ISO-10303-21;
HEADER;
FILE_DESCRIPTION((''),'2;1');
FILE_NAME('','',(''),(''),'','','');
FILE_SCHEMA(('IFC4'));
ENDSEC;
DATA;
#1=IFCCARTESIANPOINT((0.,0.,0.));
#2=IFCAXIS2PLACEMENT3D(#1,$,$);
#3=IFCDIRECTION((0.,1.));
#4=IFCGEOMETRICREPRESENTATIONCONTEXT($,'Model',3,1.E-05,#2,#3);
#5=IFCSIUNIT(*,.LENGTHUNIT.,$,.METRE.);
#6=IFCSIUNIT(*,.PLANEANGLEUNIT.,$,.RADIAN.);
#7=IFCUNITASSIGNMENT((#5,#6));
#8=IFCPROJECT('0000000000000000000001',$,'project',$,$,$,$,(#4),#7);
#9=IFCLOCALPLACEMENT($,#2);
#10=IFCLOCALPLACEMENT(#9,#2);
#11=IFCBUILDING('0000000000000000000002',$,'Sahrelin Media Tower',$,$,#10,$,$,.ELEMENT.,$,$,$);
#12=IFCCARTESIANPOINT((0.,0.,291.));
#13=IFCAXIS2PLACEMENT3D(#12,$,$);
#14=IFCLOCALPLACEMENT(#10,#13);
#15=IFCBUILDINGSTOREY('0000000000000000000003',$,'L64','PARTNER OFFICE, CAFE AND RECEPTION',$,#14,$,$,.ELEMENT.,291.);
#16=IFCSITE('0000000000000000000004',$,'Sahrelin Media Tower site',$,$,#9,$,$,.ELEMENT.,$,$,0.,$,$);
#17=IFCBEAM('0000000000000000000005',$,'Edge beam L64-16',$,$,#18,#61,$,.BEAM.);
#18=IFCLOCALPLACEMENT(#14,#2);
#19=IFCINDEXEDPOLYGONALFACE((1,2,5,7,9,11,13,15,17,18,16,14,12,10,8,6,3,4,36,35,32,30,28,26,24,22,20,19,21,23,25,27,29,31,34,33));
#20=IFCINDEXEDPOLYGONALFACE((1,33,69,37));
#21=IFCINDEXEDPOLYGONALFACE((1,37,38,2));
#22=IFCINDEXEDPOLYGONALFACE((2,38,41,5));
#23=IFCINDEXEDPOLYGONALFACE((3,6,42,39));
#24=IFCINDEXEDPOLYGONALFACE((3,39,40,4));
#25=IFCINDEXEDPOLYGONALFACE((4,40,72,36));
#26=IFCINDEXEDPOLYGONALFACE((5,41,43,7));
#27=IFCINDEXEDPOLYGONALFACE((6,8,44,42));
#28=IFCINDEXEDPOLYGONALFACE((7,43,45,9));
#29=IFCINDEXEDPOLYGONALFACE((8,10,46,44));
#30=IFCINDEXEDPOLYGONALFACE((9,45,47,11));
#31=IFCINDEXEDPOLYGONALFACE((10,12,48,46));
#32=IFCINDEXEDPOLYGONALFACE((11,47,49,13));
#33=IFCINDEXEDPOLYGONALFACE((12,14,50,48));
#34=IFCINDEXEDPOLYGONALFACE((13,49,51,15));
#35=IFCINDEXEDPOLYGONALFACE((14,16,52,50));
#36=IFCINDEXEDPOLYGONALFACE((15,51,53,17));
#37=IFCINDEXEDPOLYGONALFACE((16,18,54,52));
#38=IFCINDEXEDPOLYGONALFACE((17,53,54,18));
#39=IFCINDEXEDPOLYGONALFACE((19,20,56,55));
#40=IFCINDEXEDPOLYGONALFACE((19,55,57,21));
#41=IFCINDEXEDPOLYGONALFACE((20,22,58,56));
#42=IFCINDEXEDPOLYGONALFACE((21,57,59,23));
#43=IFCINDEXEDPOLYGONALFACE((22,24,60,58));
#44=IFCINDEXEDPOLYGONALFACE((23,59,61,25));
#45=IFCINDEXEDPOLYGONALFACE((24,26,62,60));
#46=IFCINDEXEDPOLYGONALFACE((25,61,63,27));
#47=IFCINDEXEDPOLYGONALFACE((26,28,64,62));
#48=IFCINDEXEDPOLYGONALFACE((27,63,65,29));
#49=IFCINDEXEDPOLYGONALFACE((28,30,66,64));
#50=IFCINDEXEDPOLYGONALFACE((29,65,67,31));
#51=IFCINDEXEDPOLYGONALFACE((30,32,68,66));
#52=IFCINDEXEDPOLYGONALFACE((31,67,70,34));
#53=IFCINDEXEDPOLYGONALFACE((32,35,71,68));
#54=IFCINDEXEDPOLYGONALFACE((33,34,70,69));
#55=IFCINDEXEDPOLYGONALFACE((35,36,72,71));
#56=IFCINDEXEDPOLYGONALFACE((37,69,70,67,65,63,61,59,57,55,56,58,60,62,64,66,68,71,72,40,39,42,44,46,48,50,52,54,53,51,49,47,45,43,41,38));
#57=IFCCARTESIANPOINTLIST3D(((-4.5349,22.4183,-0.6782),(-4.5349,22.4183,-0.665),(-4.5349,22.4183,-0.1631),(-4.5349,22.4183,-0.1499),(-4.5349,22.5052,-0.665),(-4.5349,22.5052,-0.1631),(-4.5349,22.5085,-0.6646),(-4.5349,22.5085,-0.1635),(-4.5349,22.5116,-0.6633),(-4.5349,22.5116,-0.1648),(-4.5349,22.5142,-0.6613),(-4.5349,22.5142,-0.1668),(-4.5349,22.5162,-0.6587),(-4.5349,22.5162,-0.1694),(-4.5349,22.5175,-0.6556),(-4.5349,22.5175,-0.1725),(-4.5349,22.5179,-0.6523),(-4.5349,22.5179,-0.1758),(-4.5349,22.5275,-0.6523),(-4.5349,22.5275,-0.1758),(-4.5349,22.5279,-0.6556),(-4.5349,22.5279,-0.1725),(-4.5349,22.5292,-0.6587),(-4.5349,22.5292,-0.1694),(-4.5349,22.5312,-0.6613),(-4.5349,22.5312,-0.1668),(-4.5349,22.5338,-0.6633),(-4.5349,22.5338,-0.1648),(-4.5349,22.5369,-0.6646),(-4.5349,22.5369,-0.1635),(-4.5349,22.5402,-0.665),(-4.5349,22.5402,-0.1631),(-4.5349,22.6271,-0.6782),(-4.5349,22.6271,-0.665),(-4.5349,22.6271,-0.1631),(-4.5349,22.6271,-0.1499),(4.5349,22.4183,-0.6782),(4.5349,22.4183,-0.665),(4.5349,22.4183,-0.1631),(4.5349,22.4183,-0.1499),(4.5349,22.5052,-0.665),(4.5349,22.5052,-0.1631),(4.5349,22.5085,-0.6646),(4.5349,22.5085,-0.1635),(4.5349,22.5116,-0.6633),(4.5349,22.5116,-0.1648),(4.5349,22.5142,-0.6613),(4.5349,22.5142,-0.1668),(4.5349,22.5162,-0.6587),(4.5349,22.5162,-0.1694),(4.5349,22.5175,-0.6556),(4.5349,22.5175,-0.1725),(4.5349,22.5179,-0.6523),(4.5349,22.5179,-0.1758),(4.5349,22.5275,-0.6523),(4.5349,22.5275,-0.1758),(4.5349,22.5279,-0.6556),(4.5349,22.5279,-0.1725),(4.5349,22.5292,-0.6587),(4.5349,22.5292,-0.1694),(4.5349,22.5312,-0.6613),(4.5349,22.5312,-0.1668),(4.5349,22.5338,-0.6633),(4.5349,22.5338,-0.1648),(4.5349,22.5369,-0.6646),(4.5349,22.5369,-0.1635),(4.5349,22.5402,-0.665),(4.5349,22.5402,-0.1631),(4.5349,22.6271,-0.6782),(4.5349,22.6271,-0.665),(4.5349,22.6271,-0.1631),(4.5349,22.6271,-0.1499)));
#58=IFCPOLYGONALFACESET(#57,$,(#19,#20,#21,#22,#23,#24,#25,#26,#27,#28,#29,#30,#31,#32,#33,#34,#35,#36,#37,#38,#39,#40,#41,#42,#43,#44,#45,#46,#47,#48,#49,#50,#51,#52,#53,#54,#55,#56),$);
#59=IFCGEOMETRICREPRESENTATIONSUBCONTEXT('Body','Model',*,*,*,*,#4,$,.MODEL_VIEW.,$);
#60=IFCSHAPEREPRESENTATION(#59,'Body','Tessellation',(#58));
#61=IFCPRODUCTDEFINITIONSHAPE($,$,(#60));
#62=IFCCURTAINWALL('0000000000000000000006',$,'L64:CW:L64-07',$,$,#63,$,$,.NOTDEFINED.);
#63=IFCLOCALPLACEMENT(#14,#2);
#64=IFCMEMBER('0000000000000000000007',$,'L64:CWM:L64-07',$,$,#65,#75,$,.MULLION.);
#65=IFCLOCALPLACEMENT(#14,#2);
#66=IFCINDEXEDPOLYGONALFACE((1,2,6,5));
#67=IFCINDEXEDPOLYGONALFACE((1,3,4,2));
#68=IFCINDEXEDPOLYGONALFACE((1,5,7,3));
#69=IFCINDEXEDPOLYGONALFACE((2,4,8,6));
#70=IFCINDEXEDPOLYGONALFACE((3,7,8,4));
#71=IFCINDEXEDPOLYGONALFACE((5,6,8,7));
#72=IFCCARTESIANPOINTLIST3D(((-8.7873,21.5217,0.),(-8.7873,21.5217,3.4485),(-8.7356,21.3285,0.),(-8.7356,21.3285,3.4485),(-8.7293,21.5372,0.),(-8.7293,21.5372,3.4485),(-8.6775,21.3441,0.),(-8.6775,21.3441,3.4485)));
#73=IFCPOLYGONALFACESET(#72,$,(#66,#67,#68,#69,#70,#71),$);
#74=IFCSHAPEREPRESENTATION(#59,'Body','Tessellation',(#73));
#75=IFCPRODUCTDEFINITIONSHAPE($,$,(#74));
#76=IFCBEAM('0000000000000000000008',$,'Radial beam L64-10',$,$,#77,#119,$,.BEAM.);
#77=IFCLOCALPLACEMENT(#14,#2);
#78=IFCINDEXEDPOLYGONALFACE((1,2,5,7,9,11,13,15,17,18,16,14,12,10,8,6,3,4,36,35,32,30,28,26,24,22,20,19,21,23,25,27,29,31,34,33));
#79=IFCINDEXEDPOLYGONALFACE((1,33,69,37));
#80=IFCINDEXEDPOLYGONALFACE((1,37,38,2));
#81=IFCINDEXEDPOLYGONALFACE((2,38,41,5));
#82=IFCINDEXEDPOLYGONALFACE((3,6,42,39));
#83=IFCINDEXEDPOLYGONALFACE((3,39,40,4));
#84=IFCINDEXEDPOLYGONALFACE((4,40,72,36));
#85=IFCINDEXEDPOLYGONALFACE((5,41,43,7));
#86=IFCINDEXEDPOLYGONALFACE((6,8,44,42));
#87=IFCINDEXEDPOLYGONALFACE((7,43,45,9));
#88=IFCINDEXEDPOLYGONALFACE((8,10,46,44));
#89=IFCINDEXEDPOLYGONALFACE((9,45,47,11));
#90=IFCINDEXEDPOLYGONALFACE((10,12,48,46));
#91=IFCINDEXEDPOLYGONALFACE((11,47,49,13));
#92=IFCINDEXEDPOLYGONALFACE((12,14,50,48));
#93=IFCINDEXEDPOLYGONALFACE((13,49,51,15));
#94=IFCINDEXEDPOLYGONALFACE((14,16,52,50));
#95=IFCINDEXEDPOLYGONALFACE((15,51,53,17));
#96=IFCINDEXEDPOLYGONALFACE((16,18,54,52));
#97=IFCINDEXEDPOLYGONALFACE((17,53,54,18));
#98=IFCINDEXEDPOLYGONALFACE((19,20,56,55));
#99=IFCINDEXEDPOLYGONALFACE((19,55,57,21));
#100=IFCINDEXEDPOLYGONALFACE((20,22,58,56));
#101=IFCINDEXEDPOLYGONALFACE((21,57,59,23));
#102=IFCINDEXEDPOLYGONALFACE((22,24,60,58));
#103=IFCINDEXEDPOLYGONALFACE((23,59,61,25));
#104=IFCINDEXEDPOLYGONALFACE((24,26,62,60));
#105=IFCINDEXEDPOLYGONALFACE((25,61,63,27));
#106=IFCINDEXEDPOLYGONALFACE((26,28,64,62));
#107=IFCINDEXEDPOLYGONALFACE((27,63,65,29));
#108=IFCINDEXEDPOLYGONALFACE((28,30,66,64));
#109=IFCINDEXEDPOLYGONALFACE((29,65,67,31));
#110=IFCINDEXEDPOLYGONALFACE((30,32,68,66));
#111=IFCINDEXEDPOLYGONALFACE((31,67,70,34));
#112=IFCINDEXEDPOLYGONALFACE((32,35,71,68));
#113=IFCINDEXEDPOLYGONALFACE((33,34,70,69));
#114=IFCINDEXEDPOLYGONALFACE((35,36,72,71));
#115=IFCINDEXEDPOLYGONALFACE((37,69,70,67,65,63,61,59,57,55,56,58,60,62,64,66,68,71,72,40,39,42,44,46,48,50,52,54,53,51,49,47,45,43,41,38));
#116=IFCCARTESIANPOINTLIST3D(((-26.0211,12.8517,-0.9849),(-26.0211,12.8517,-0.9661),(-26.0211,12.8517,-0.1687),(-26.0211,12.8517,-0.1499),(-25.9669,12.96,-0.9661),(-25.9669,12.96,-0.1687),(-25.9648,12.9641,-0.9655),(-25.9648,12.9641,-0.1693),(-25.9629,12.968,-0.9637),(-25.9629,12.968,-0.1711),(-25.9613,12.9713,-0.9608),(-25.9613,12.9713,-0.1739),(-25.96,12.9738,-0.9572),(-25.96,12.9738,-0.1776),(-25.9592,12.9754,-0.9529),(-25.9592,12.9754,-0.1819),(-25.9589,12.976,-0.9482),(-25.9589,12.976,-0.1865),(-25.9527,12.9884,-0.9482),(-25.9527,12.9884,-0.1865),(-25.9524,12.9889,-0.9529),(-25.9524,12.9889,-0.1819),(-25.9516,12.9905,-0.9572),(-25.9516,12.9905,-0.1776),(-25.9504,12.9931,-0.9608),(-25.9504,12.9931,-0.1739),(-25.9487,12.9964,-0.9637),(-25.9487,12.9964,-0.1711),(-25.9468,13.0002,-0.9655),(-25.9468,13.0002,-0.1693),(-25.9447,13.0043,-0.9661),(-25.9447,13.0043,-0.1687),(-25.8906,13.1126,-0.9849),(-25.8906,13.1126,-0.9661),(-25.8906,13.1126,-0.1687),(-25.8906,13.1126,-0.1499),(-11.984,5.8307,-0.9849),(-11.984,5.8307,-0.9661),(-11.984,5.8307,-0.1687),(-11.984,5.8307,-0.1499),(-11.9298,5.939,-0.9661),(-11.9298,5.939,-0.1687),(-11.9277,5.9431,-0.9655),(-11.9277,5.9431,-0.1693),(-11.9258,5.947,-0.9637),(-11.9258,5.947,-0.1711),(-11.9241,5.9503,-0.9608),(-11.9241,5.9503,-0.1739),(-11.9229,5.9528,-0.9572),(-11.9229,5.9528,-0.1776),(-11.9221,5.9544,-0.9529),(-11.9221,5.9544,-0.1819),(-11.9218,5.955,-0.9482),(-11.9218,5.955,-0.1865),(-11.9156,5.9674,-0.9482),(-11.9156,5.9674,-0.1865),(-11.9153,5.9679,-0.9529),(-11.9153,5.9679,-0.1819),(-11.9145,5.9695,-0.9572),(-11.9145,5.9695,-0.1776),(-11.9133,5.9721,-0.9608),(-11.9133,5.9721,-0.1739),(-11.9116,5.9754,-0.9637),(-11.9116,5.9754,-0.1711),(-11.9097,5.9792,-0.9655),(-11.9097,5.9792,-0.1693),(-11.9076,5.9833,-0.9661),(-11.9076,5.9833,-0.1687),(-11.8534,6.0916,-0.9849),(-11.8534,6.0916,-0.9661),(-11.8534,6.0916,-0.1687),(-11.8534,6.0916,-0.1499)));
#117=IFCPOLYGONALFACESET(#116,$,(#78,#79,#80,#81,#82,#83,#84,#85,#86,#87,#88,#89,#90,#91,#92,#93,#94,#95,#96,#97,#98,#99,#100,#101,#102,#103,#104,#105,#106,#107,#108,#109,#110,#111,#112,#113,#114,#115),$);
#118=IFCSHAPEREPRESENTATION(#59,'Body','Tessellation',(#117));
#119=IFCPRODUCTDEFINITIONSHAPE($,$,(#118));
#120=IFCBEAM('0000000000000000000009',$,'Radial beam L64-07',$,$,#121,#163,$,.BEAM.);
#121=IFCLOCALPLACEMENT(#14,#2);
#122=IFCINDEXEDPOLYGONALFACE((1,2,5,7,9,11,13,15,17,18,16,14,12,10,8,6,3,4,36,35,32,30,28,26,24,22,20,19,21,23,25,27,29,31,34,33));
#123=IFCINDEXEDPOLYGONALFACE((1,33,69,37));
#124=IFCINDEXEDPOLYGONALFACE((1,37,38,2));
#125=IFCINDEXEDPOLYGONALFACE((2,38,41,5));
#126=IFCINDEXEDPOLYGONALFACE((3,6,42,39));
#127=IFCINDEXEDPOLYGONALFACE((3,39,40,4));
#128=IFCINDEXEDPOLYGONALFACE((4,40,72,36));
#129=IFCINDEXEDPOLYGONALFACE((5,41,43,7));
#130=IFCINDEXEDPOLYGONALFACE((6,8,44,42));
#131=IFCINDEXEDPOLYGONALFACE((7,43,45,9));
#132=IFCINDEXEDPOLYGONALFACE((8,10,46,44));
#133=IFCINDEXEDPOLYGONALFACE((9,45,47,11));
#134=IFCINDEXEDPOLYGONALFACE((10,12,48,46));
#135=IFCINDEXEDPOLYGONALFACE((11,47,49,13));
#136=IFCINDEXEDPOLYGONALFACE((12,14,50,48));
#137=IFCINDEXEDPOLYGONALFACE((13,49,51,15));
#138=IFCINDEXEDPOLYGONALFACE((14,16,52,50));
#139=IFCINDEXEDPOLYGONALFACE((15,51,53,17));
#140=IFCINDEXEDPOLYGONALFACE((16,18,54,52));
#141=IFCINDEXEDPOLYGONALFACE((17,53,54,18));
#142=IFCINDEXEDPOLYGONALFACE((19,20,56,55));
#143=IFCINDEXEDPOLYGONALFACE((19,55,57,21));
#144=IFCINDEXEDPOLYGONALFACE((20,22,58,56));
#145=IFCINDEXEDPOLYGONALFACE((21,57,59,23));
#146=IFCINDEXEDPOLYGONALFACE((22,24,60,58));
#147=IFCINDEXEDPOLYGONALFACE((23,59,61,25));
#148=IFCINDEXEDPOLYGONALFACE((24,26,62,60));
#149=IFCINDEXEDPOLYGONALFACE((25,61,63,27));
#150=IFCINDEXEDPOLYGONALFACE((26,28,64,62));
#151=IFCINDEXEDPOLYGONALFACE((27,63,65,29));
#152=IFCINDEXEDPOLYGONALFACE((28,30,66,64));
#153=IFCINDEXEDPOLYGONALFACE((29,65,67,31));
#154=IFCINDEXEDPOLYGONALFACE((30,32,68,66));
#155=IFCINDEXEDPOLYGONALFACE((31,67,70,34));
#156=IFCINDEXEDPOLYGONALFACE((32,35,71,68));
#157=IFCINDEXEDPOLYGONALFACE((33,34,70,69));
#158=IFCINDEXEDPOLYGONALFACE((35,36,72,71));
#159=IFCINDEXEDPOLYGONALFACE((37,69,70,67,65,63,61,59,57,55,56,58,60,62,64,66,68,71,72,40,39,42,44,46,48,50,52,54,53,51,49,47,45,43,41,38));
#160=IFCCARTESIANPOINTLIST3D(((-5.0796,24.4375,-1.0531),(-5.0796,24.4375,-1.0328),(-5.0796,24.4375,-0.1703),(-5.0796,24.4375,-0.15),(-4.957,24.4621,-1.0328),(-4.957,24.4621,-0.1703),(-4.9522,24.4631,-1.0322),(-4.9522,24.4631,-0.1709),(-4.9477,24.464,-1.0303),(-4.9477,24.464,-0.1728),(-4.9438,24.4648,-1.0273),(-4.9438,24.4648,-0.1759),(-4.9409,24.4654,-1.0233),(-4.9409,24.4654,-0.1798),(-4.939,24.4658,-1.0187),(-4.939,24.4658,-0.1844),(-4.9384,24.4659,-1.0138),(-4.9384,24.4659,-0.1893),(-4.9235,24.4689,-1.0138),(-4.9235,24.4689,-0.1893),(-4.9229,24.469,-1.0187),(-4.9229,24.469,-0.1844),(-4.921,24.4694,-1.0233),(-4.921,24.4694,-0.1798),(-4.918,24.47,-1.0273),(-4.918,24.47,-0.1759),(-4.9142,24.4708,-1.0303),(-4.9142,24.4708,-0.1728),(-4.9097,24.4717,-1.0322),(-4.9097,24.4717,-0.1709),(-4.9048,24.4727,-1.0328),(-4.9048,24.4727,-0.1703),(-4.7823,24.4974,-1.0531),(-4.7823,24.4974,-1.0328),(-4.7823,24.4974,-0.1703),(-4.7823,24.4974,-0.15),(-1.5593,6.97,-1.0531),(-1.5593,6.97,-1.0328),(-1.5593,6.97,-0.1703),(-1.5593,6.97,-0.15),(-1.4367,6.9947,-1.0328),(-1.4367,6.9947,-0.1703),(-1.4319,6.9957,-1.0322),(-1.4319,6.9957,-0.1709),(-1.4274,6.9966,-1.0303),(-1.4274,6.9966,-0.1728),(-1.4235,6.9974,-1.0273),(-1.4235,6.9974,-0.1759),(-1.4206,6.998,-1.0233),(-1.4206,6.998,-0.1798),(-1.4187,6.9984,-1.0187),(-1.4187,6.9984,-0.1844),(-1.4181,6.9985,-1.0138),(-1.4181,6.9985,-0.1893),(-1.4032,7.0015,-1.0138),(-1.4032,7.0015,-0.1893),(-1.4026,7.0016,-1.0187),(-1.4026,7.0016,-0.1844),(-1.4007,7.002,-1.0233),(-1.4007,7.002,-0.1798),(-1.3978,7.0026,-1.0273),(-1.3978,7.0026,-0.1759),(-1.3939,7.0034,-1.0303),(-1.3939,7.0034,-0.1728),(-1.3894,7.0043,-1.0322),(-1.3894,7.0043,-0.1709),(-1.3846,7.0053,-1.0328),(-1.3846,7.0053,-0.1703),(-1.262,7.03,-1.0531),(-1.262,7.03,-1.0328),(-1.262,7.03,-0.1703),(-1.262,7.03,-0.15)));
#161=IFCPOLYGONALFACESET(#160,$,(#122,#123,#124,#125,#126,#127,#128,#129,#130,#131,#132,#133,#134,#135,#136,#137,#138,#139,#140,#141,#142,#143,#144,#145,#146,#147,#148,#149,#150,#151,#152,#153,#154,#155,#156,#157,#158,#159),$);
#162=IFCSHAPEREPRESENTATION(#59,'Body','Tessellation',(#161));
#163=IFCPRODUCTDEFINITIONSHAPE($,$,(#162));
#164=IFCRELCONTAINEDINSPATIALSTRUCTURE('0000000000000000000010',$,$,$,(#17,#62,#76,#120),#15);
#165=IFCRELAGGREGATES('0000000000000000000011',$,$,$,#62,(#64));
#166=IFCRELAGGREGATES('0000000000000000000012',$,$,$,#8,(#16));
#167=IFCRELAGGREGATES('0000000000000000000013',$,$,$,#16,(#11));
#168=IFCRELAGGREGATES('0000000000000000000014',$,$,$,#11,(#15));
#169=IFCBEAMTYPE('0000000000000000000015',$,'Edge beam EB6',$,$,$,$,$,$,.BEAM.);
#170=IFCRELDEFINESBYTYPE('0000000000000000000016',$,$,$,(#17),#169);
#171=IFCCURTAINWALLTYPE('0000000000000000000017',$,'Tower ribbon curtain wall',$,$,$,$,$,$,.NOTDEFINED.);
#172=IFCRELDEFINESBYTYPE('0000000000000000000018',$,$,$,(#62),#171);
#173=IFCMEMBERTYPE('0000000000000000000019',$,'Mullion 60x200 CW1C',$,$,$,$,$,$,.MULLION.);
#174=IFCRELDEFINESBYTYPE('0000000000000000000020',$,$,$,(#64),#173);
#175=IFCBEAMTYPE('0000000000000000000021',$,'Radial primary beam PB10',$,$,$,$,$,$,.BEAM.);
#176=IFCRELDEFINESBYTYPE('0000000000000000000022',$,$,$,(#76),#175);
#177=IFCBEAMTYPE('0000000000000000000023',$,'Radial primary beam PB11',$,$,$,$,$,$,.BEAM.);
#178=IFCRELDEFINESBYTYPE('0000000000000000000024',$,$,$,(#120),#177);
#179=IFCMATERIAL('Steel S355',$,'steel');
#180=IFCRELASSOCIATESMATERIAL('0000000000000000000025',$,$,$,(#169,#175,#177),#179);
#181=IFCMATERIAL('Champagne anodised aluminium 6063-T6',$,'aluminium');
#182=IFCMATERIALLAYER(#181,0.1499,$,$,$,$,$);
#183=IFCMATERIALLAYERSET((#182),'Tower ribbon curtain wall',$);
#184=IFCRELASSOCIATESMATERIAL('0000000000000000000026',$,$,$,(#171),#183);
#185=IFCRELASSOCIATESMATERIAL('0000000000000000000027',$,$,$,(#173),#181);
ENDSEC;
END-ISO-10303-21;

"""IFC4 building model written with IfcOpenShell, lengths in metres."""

from ifc_helpers import new_model, si_unit, direction, frame, origin, origin_2d, place, context, subcontext, project, spatial, rectangle, i_section, extrude, material, layer, layer_set, material_profile, profile_set, type_object, element, aggregate, save


model = new_model("IFC4")

# Units and contexts
model_context = context("Model", 3, precision=1e-05, world=origin(), true_north=direction((0.0, 1.0)))
body_context = subcontext(model_context, "Body", "Model", "MODEL_VIEW")
ifc_project = project(units=[si_unit("LENGTHUNIT", "METRE"), si_unit("PLANEANGLEUNIT", "RADIAN")], contexts=[model_context])

# Site, building, storey
site_placement = place(None, origin())
site = spatial("IfcSite", under=ifc_project, at=site_placement, Name="Sahrelin Media Tower site", CompositionType="ELEMENT", RefElevation=0.0)
building_placement = place(site_placement, origin())
building = spatial("IfcBuilding", under=site, at=building_placement, Name="Sahrelin Media Tower", CompositionType="ELEMENT")
storey_placement = place(building_placement, frame((0.0, 0.0, 291.0)))
storey = spatial("IfcBuildingStorey", under=building, at=storey_placement, Name="L64", Description="PARTNER OFFICE, CAFE AND RECEPTION", CompositionType="ELEMENT", Elevation=291.0)

# Beam
ifc_material_1 = material(Name="Steel S355", Category="steel")
ifc_material_profile_1 = material_profile(ifc_material_1, i_section(OverallWidth=0.2087, OverallDepth=0.5283, WebThickness=0.0095, FlangeThickness=0.0132, FilletRadius=0.0127, at=origin_2d()), Name="UB 533x210x82")
ifc_profile_set_1 = profile_set([ifc_material_profile_1], Name="Steel S355")
beam_type_1 = type_object("IfcBeamType", Name="Edge beam EB6", PredefinedType="BEAM", material=ifc_profile_set_1)
beam_1_placement = place(storey_placement, frame((-4.5349, 22.5227, -0.4141), z_axis=(1.0, 0.0, 0.0), x_axis=(0.0, 1.0, 0.0)))
element("IfcBeam", 1, at=beam_1_placement, inside=storey, type_object=beam_type_1, Name="Edge beam L64-16", PredefinedType="BEAM", context=body_context, shape_type="SweptSolid", body=[
    extrude(i_section(OverallWidth=0.2087, OverallDepth=0.5283, WebThickness=0.0095, FlangeThickness=0.0132, FilletRadius=0.0127, at=origin_2d()), origin(), (0.0, 0.0, 1.0), 9.0698),
])

# Curtain wall, member
ifc_material_2 = material(Name="Champagne anodised aluminium 6063-T6", Category="aluminium")
ifc_layer_1 = layer(ifc_material_2, 0.1499)
ifc_layer_set_1 = layer_set([ifc_layer_1], Name="Tower ribbon curtain wall")
curtain_wall_type = type_object("IfcCurtainWallType", Name="Tower ribbon curtain wall", PredefinedType="NOTDEFINED", material=ifc_layer_set_1)
curtain_wall_1_placement = place(storey_placement, frame((-8.7634, 21.5488, 0.0), z_axis=(0.0, 0.0, 1.0), x_axis=(1.0, 0.0, 0.0)))
curtain_wall_1 = element("IfcCurtainWall", 2, at=curtain_wall_1_placement, inside=storey, type_object=curtain_wall_type, Name="L64:CW:L64-07", PredefinedType="NOTDEFINED")
ifc_material_profile_2 = material_profile(ifc_material_2, rectangle(XDim=0.0601, YDim=0.2, at=origin_2d()), Name="Mullion 60x200")
ifc_profile_set_2 = profile_set([ifc_material_profile_2], Name="Champagne anodised aluminium 6063-T6")
member_type_1 = type_object("IfcMemberType", Name="Mullion 60x200 CW1C", PredefinedType="MULLION", material=ifc_profile_set_2)
member_1_placement = place(storey_placement, frame((-8.7324, 21.4329, 0.0), z_axis=(0.0, 0.0, 1.0), x_axis=(-0.965926, -0.258819, 0.0)))
member_1 = element("IfcMember", 3, at=member_1_placement, type_object=member_type_1, Name="L64:CWM:L64-07", PredefinedType="MULLION", context=body_context, shape_type="SweptSolid", body=[
    extrude(rectangle(XDim=0.0601, YDim=0.2, at=origin_2d()), origin(), (0.0, 0.0, 1.0), 3.4485),
])

# Beams
ifc_material_profile_3 = material_profile(ifc_material_1, i_section(OverallWidth=0.2917, OverallDepth=0.835, WebThickness=0.0139, FlangeThickness=0.0188, FilletRadius=0.0178, at=origin_2d()), Name="UB 838x292x176")
ifc_profile_set_3 = profile_set([ifc_material_profile_3], Name="Steel S355")
beam_type_2 = type_object("IfcBeamType", Name="Radial primary beam PB10", PredefinedType="BEAM", material=ifc_profile_set_3)
beam_2_placement = place(storey_placement, frame((-11.9187, 5.9612, -0.5674), z_axis=(-0.894365, 0.447338, 0.0), x_axis=(-0.447338, -0.894365, 0.0)))
element("IfcBeam", 4, at=beam_2_placement, inside=storey, type_object=beam_type_2, Name="Radial beam L64-10", PredefinedType="BEAM", context=body_context, shape_type="SweptSolid", body=[
    extrude(i_section(OverallWidth=0.2917, OverallDepth=0.835, WebThickness=0.0139, FlangeThickness=0.0188, FilletRadius=0.0178, at=origin_2d()), origin(), (0.0, 0.0, 1.0), 15.6951),
])
ifc_material_profile_4 = material_profile(ifc_material_1, i_section(OverallWidth=0.3032, OverallDepth=0.9031, WebThickness=0.0151, FlangeThickness=0.0203, FilletRadius=0.019, at=origin_2d()), Name="UB 914x305x201")
ifc_profile_set_4 = profile_set([ifc_material_profile_4], Name="Steel S355")
beam_type_3 = type_object("IfcBeamType", Name="Radial primary beam PB11", PredefinedType="BEAM", material=ifc_profile_set_4)
beam_3_placement = place(storey_placement, frame((-1.4106, 7.0, -0.6016), z_axis=(-0.197562, 0.98029, 0.0), x_axis=(-0.98029, -0.197562, 0.0)))
element("IfcBeam", 5, at=beam_3_placement, inside=storey, type_object=beam_type_3, Name="Radial beam L64-07", PredefinedType="BEAM", context=body_context, shape_type="SweptSolid", body=[
    extrude(i_section(OverallWidth=0.3032, OverallDepth=0.9031, WebThickness=0.0151, FlangeThickness=0.0203, FilletRadius=0.019, at=origin_2d()), origin(), (0.0, 0.0, 1.0), 17.8186),
])

aggregate(curtain_wall_1, [member_1])

save(model, "model.ifc")
